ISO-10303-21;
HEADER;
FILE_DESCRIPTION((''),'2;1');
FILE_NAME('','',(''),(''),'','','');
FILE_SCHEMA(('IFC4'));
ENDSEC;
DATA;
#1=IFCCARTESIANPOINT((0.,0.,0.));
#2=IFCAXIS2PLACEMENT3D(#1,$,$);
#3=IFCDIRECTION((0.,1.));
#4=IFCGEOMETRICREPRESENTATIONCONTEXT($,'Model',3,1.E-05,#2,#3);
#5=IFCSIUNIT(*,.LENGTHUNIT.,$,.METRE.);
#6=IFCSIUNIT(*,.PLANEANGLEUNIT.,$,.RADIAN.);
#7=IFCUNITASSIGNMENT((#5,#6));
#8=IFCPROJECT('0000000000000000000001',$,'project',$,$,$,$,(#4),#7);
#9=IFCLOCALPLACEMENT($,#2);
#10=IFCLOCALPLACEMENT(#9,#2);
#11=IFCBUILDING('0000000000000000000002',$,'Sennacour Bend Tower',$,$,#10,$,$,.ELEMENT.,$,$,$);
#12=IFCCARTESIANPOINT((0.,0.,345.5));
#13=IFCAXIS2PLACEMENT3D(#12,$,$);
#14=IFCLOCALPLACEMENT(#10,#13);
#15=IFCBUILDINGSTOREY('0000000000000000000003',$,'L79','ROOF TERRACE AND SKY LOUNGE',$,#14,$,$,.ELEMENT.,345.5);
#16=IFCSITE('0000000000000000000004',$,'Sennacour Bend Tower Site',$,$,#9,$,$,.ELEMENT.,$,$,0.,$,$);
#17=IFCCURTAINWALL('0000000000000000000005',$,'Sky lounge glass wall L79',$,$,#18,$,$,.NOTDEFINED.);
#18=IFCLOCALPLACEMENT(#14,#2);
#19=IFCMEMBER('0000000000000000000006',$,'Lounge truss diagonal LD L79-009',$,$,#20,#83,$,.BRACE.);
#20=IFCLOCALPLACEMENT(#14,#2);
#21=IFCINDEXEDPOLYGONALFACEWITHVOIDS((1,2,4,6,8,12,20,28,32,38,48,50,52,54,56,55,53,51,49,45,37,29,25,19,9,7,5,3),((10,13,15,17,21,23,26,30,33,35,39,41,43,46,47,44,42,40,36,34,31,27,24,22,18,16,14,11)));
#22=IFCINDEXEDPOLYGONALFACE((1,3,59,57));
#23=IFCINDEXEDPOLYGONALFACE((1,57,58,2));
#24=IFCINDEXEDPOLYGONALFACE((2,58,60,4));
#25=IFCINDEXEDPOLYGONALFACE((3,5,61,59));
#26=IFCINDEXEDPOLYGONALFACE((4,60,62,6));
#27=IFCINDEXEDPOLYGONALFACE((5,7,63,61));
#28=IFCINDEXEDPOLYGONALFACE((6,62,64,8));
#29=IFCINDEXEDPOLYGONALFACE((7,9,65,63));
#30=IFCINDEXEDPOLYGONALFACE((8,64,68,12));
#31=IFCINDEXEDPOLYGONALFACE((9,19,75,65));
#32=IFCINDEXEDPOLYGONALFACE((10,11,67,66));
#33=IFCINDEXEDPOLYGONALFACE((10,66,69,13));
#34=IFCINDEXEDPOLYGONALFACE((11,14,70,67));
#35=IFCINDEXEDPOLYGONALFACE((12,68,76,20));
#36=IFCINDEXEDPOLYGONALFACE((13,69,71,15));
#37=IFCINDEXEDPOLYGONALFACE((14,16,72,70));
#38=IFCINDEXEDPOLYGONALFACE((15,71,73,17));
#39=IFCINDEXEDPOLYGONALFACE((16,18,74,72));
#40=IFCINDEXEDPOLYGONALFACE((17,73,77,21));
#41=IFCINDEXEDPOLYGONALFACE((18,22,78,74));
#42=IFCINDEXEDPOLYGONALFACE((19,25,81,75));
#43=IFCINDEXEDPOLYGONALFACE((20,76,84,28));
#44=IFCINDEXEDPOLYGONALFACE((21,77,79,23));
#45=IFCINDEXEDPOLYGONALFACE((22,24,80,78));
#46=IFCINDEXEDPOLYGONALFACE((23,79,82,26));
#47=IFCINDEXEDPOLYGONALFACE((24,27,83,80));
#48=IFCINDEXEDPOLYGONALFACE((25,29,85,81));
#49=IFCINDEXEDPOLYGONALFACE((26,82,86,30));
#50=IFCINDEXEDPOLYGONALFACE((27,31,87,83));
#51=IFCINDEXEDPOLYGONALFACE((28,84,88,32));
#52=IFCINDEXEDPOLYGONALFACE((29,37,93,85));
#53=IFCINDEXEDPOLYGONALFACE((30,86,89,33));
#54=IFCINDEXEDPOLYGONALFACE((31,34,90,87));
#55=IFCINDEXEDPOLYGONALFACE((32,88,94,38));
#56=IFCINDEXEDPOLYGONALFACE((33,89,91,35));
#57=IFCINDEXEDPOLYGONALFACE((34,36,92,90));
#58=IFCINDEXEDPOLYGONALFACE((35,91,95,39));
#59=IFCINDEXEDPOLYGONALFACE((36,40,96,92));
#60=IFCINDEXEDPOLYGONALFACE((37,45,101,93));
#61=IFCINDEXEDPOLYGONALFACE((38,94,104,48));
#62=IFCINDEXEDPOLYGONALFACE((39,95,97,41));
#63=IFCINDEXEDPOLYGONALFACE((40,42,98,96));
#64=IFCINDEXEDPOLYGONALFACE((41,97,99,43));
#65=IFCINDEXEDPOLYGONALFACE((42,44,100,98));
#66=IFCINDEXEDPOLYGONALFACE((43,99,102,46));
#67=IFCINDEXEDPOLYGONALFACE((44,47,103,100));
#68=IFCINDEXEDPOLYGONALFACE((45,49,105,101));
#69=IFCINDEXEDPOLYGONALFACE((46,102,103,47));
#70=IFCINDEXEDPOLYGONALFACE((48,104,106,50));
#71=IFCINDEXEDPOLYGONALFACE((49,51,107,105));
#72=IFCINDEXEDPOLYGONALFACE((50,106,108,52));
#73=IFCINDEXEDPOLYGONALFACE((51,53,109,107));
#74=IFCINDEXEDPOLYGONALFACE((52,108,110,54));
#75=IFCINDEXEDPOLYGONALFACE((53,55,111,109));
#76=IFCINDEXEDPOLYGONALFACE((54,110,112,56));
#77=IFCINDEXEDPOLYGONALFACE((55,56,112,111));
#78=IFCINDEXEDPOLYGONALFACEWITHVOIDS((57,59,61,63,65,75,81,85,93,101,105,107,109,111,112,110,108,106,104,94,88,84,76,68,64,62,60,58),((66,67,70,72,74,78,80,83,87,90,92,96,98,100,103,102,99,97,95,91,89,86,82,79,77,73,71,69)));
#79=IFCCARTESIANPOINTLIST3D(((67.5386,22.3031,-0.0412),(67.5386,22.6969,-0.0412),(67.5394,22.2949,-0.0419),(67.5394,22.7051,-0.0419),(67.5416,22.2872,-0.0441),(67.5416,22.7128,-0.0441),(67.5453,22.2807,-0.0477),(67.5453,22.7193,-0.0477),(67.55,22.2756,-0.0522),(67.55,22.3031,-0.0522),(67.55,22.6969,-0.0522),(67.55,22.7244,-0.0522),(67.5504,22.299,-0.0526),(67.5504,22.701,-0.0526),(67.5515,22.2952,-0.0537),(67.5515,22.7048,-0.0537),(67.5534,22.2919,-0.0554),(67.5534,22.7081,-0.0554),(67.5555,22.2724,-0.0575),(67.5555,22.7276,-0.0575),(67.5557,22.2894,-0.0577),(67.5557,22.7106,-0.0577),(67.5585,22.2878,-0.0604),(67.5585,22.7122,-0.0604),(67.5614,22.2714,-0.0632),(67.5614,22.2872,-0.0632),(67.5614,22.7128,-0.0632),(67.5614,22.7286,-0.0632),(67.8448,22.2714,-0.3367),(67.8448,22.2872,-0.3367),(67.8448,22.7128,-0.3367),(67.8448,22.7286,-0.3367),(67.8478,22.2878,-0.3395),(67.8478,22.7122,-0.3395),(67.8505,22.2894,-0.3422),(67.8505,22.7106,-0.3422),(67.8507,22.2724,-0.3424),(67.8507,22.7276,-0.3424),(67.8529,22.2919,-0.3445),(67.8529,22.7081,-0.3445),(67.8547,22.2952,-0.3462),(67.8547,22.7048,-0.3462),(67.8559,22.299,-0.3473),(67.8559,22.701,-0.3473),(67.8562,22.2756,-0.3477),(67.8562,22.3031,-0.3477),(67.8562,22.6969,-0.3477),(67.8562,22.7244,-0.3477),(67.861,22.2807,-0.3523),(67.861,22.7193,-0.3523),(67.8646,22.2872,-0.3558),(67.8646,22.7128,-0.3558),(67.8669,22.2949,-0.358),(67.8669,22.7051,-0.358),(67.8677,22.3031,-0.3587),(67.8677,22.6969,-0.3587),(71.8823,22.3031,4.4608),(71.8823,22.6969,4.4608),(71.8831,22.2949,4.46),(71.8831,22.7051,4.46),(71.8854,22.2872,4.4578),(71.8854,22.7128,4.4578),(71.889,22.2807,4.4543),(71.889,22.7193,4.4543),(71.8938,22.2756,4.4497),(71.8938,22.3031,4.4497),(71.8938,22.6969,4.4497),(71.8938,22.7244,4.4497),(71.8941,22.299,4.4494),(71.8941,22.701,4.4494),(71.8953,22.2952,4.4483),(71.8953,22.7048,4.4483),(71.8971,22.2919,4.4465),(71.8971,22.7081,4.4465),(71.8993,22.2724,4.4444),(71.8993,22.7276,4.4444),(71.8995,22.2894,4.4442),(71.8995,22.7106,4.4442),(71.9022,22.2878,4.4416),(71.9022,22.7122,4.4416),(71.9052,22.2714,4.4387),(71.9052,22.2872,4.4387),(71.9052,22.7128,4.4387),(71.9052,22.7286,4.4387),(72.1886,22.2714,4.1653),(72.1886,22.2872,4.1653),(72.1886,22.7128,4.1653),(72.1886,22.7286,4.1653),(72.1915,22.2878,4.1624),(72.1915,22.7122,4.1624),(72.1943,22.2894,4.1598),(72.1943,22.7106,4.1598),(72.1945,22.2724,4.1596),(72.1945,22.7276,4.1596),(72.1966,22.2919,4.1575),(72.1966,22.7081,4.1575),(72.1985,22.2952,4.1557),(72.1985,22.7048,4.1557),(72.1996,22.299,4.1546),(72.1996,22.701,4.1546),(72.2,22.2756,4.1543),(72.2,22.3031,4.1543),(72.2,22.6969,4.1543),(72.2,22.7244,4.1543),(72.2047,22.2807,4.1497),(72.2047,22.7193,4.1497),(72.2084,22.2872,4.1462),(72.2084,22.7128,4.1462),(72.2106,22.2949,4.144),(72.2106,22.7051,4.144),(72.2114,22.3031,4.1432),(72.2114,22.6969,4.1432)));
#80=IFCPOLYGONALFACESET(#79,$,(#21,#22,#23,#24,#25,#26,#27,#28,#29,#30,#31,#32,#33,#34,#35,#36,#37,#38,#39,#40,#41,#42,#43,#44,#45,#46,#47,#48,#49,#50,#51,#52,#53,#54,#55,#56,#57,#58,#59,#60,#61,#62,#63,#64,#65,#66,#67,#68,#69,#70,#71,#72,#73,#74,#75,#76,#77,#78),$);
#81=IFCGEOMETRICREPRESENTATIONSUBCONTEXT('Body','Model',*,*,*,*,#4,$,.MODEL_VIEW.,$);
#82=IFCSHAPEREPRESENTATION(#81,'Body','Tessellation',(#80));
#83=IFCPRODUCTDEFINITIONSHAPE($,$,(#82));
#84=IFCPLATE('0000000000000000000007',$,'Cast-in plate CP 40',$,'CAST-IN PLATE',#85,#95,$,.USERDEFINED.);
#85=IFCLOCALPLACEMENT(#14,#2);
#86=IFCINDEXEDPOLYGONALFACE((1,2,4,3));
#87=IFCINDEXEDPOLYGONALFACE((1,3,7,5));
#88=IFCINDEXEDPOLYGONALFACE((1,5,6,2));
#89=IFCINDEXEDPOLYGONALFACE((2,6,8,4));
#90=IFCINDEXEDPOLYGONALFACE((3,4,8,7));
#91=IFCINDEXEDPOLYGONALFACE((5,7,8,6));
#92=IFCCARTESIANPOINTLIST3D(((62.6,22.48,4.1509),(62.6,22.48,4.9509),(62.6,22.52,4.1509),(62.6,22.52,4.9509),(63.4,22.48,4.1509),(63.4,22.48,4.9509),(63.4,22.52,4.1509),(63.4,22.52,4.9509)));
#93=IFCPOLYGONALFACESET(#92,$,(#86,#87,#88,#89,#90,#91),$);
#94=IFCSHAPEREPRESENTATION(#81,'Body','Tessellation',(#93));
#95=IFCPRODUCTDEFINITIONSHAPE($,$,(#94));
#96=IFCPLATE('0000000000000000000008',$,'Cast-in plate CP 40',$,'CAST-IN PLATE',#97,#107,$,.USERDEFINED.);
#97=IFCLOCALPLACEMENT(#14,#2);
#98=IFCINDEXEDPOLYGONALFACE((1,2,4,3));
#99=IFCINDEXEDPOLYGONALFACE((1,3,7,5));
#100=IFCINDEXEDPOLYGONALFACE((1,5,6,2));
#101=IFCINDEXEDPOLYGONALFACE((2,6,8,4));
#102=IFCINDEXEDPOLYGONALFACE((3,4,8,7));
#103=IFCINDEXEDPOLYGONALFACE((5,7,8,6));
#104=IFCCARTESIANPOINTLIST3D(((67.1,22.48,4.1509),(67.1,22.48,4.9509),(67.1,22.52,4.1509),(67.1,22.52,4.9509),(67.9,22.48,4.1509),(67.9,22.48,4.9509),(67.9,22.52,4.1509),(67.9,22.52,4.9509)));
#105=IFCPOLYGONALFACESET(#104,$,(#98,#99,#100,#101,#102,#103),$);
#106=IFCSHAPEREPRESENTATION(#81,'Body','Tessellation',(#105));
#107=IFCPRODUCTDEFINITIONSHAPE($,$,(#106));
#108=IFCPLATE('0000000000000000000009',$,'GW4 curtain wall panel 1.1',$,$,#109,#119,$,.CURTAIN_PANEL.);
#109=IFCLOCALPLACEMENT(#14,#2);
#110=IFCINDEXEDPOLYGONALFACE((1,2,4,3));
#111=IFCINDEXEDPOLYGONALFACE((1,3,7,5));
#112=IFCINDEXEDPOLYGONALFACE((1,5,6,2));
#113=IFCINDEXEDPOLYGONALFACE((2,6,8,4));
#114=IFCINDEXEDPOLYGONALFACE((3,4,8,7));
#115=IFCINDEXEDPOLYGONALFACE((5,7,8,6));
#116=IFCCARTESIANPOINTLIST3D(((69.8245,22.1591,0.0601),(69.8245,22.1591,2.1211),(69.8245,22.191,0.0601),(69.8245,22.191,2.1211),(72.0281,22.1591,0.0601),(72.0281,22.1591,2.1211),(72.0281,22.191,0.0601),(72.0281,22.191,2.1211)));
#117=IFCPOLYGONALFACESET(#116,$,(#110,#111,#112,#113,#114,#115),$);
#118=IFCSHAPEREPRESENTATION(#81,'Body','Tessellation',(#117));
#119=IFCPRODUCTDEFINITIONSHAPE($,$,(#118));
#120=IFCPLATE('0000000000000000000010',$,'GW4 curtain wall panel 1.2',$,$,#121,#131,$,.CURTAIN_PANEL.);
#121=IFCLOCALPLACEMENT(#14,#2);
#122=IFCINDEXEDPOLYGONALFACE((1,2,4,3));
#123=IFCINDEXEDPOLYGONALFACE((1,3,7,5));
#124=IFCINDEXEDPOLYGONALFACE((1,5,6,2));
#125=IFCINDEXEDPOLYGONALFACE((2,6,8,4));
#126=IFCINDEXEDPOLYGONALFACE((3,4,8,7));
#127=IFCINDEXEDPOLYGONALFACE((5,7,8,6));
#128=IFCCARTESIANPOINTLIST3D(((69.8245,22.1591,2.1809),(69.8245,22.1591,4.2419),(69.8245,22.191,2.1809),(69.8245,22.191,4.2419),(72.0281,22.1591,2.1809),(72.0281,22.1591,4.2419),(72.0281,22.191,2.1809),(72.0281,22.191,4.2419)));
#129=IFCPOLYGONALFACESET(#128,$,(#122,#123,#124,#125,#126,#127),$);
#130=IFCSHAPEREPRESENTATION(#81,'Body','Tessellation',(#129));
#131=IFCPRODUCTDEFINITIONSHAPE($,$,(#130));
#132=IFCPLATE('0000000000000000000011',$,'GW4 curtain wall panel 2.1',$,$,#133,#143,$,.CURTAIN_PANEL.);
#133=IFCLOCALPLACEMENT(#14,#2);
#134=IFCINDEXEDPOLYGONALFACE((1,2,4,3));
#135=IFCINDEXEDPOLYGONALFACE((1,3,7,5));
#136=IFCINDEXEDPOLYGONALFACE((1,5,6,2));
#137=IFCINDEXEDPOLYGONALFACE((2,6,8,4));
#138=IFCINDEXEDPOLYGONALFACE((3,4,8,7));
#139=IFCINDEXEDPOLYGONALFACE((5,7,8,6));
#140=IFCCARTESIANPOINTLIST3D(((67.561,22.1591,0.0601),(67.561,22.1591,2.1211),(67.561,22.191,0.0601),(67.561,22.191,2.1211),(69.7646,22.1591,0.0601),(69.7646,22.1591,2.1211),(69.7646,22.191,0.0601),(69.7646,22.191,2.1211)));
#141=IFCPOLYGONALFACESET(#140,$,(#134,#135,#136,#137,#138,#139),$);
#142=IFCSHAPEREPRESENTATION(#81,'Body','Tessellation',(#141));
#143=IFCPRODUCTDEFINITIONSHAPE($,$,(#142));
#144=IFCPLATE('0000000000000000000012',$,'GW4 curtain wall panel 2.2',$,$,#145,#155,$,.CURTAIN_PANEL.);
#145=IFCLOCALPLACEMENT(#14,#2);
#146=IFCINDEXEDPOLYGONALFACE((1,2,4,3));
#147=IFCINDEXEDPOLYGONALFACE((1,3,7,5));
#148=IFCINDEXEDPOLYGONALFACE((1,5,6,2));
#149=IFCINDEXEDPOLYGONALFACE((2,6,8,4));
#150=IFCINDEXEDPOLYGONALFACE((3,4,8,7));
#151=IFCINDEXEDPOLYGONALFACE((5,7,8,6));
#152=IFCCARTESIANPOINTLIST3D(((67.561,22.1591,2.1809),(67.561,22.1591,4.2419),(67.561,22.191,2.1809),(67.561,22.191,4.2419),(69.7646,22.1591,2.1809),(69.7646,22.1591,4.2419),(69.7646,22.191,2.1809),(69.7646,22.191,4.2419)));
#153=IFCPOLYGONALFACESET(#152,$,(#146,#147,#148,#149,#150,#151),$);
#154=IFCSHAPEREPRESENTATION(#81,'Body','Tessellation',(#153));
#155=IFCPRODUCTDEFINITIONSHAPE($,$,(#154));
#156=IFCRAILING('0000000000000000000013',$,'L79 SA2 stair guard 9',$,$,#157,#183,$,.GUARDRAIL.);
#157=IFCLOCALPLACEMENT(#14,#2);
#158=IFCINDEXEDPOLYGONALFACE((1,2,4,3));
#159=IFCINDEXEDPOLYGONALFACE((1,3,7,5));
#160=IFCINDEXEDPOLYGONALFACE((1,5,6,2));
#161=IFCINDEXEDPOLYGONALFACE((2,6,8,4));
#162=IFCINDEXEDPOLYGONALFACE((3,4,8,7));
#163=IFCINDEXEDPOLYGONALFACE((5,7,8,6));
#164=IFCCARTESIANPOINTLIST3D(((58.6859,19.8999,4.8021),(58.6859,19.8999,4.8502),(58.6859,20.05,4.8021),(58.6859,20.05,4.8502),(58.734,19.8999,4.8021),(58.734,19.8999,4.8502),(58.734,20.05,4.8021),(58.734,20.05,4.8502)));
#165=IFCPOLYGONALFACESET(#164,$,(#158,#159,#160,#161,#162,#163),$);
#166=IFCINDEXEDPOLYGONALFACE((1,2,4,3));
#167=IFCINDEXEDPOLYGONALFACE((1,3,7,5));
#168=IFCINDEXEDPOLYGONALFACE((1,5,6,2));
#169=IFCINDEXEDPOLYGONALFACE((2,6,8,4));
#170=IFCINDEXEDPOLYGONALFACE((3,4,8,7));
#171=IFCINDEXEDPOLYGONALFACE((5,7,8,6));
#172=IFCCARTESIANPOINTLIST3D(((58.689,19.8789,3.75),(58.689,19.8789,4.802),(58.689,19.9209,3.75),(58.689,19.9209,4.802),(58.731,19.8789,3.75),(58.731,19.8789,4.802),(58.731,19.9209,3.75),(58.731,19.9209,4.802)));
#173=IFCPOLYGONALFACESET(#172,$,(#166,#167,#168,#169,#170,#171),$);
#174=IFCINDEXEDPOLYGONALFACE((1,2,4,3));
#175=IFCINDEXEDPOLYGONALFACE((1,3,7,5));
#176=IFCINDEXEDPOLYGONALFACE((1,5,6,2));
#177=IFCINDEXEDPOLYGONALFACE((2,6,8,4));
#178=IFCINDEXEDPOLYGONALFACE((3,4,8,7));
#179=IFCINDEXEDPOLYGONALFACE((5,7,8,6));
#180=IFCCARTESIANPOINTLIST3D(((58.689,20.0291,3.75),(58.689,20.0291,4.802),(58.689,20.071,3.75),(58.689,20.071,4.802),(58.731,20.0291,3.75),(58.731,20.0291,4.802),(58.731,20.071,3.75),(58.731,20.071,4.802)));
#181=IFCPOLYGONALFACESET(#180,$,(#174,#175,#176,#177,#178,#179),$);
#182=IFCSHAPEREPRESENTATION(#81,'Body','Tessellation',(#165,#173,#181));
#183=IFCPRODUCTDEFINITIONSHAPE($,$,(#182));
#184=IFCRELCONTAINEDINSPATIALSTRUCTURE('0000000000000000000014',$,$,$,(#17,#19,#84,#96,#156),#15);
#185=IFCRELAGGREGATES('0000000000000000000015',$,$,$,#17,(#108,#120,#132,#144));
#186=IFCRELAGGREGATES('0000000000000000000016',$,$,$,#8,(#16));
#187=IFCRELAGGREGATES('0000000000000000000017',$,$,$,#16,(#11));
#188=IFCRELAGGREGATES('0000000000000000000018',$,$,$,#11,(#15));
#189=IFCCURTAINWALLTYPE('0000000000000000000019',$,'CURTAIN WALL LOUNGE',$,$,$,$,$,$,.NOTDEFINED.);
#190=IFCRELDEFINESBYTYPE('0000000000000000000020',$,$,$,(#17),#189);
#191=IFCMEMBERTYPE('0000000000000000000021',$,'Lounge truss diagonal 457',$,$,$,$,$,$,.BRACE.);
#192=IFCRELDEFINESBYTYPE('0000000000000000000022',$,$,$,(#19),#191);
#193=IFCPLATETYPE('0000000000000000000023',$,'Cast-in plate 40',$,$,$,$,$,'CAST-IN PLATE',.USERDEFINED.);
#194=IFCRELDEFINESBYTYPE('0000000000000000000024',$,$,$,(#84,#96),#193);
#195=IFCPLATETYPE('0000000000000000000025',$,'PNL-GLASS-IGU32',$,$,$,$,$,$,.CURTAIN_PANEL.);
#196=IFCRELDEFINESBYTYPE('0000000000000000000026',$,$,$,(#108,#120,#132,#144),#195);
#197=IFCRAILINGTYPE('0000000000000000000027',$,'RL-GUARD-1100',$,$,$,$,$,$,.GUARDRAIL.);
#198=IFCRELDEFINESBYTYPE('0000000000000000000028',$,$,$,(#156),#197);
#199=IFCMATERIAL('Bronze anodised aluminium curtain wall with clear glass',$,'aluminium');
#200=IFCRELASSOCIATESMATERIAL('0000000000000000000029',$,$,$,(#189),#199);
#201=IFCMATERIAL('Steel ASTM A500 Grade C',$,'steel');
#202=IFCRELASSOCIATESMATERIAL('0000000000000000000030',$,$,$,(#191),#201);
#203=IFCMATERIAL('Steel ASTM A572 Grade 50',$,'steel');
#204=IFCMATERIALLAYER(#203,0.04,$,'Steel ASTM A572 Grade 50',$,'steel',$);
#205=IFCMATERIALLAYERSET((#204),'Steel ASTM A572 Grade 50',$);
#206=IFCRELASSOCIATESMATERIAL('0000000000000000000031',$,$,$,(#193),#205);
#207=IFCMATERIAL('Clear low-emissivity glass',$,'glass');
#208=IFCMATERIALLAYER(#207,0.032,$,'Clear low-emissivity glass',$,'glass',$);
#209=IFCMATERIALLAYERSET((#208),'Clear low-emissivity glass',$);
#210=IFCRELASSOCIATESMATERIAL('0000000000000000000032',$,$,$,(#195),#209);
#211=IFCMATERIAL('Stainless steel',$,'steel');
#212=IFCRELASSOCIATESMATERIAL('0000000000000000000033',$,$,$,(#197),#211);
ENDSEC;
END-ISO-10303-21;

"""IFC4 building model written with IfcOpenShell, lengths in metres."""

from ifc_helpers import new_model, si_unit, direction, frame, origin, origin_2d, place, context, subcontext, project, spatial, rectangle, hollow_rectangle, extrude, material, layer, layer_set, material_profile, profile_set, type_object, element, aggregate, save


model = new_model("IFC4")

# Units and contexts
model_context = context("Model", 3, precision=1e-05, world=origin(), true_north=direction((0.0, 1.0)))
body_context = subcontext(model_context, "Body", "Model", "MODEL_VIEW")
ifc_project = project(units=[si_unit("LENGTHUNIT", "METRE"), si_unit("PLANEANGLEUNIT", "RADIAN")], contexts=[model_context])

# Site, building, storey
site_placement = place(None, origin())
site = spatial("IfcSite", under=ifc_project, at=site_placement, Name="Sennacour Bend Tower Site", CompositionType="ELEMENT", RefElevation=0.0)
building_placement = place(site_placement, origin())
building = spatial("IfcBuilding", under=site, at=building_placement, Name="Sennacour Bend Tower", CompositionType="ELEMENT")
storey_placement = place(building_placement, frame((0.0, 0.0, 345.5)))
storey = spatial("IfcBuildingStorey", under=building, at=storey_placement, Name="L79", Description="ROOF TERRACE AND SKY LOUNGE", CompositionType="ELEMENT", Elevation=345.5)

# Curtain wall
ifc_material_1 = material(Name="Bronze anodised aluminium curtain wall with clear glass", Category="aluminium")
curtain_wall_type = type_object("IfcCurtainWallType", Name="CURTAIN WALL LOUNGE", PredefinedType="NOTDEFINED", material=ifc_material_1)
curtain_wall_placement = place(storey_placement, origin())
curtain_wall = element("IfcCurtainWall", 1, at=curtain_wall_placement, inside=storey, type_object=curtain_wall_type, Name="Sky lounge glass wall L79", PredefinedType="NOTDEFINED")

# Member
ifc_material_2 = material(Name="Steel ASTM A500 Grade C", Category="steel")
ifc_material_profile_1 = material_profile(ifc_material_2, hollow_rectangle(XDim=0.4573, YDim=0.4573, WallThickness=0.0159, InnerFilletRadius=0.0159, OuterFilletRadius=0.0317, at=origin_2d()), Name="Steel ASTM A500 Grade C", Category="steel")
ifc_profile_set_1 = profile_set([ifc_material_profile_1], Name="Steel ASTM A500 Grade C")
member_type_1 = type_object("IfcMemberType", Name="Lounge truss diagonal 457", PredefinedType="BRACE", material=ifc_profile_set_1)
member_1_placement = place(storey_placement, frame((67.7031, 22.5, -0.2), z_axis=(0.694349, 0.0, 0.719638), x_axis=(0.0, 1.0, 0.0)))
element("IfcMember", 2, at=member_1_placement, inside=storey, type_object=member_type_1, Name="Lounge truss diagonal LD L79-009", PredefinedType="BRACE", context=body_context, shape_type="SweptSolid", body=[
    extrude(hollow_rectangle(XDim=0.4573, YDim=0.4573, WallThickness=0.0159, InnerFilletRadius=0.0159, OuterFilletRadius=0.0317, at=origin_2d()), origin(), (0.0, 0.0, 1.0), 6.2559),
])

# Plates
ifc_material_3 = material(Name="Steel ASTM A572 Grade 50", Category="steel")
ifc_layer_1 = layer(ifc_material_3, 0.04, Name="Steel ASTM A572 Grade 50", Category="steel")
ifc_layer_set_1 = layer_set([ifc_layer_1], Name="Steel ASTM A572 Grade 50")
plate_type_1 = type_object("IfcPlateType", Name="Cast-in plate 40", ElementType="CAST-IN PLATE", PredefinedType="USERDEFINED", material=ifc_layer_set_1)
for number, where, z_axis, x_axis, name in (
    (3, (63.0, 22.5, 4.1509), (0.0, 0.0, 1.0), (1.0, 0.0, 0.0), "Cast-in plate CP 40"),
    (4, (67.5, 22.5, 4.1509), (0.0, 0.0, 1.0), (1.0, 0.0, 0.0), "Cast-in plate CP 40"),
):
    element("IfcPlate", number, at=place(storey_placement, frame(where, z_axis=z_axis, x_axis=x_axis)), inside=storey, type_object=plate_type_1, Name=name, ObjectType="CAST-IN PLATE", PredefinedType="USERDEFINED", context=body_context, shape_type="SweptSolid", body=[
        extrude(rectangle(XDim=0.8, YDim=0.04, at=origin_2d()), origin(), (0.0, 0.0, 1.0), 0.8),
    ])

# Plates
ifc_material_4 = material(Name="Clear low-emissivity glass", Category="glass")
ifc_layer_2 = layer(ifc_material_4, 0.032, Name="Clear low-emissivity glass", Category="glass")
ifc_layer_set_2 = layer_set([ifc_layer_2], Name="Clear low-emissivity glass")
plate_type_2 = type_object("IfcPlateType", Name="PNL-GLASS-IGU32", PredefinedType="CURTAIN_PANEL", material=ifc_layer_set_2)
plate_1_placement = place(storey_placement, frame((70.9263, 22.175, 0.0601), z_axis=(0.0, 0.0, 1.0), x_axis=(-1.0, 0.0, 0.0)))
plate_1 = element("IfcPlate", 5, at=plate_1_placement, type_object=plate_type_2, Name="GW4 curtain wall panel 1.1", PredefinedType="CURTAIN_PANEL", context=body_context, shape_type="SweptSolid", body=[
    extrude(rectangle(XDim=2.2036, YDim=0.032, at=origin_2d()), origin(), (0.0, 0.0, 1.0), 2.061),
])
plate_2_placement = place(storey_placement, frame((70.9263, 22.175, 2.1809), z_axis=(0.0, 0.0, 1.0), x_axis=(-1.0, 0.0, 0.0)))
plate_2 = element("IfcPlate", 6, at=plate_2_placement, type_object=plate_type_2, Name="GW4 curtain wall panel 1.2", PredefinedType="CURTAIN_PANEL", context=body_context, shape_type="SweptSolid", body=[
    extrude(rectangle(XDim=2.2036, YDim=0.032, at=origin_2d()), origin(), (0.0, 0.0, 1.0), 2.061),
])
plate_3_placement = place(storey_placement, frame((68.6628, 22.175, 0.0601), z_axis=(0.0, 0.0, 1.0), x_axis=(-1.0, 0.0, 0.0)))
plate_3 = element("IfcPlate", 7, at=plate_3_placement, type_object=plate_type_2, Name="GW4 curtain wall panel 2.1", PredefinedType="CURTAIN_PANEL", context=body_context, shape_type="SweptSolid", body=[
    extrude(rectangle(XDim=2.2036, YDim=0.032, at=origin_2d()), origin(), (0.0, 0.0, 1.0), 2.061),
])
plate_4_placement = place(storey_placement, frame((68.6628, 22.175, 2.1809), z_axis=(0.0, 0.0, 1.0), x_axis=(-1.0, 0.0, 0.0)))
plate_4 = element("IfcPlate", 8, at=plate_4_placement, type_object=plate_type_2, Name="GW4 curtain wall panel 2.2", PredefinedType="CURTAIN_PANEL", context=body_context, shape_type="SweptSolid", body=[
    extrude(rectangle(XDim=2.2036, YDim=0.032, at=origin_2d()), origin(), (0.0, 0.0, 1.0), 2.061),
])
aggregate(curtain_wall, [plate_1, plate_2, plate_3, plate_4])

# Railing
ifc_material_5 = material(Name="Stainless steel", Category="steel")
railing_type = type_object("IfcRailingType", Name="RL-GUARD-1100", PredefinedType="GUARDRAIL", material=ifc_material_5)
railing_placement = place(storey_placement, frame((58.71, 19.8999, 3.75)))
element("IfcRailing", 9, at=railing_placement, inside=storey, type_object=railing_type, Name="L79 SA2 stair guard 9", PredefinedType="GUARDRAIL", context=body_context, shape_type="SweptSolid", body=[
    extrude(rectangle(XDim=0.0481, YDim=0.0481, at=origin_2d()), frame((0.0, 0.0, 1.0762), z_axis=(0.0, 1.0, 0.0), x_axis=(-1.0, 0.0, 0.0)), (0.0, 0.0, 1.0), 0.1501),
    extrude(rectangle(XDim=0.042, YDim=0.042, at=origin_2d()), origin(), (0.0, 0.0, 1.0), 1.052),
    extrude(rectangle(XDim=0.042, YDim=0.042, at=origin_2d()), frame((0.0, 0.1501, 0.0)), (0.0, 0.0, 1.0), 1.052),
])

save(model, "model.ifc")
